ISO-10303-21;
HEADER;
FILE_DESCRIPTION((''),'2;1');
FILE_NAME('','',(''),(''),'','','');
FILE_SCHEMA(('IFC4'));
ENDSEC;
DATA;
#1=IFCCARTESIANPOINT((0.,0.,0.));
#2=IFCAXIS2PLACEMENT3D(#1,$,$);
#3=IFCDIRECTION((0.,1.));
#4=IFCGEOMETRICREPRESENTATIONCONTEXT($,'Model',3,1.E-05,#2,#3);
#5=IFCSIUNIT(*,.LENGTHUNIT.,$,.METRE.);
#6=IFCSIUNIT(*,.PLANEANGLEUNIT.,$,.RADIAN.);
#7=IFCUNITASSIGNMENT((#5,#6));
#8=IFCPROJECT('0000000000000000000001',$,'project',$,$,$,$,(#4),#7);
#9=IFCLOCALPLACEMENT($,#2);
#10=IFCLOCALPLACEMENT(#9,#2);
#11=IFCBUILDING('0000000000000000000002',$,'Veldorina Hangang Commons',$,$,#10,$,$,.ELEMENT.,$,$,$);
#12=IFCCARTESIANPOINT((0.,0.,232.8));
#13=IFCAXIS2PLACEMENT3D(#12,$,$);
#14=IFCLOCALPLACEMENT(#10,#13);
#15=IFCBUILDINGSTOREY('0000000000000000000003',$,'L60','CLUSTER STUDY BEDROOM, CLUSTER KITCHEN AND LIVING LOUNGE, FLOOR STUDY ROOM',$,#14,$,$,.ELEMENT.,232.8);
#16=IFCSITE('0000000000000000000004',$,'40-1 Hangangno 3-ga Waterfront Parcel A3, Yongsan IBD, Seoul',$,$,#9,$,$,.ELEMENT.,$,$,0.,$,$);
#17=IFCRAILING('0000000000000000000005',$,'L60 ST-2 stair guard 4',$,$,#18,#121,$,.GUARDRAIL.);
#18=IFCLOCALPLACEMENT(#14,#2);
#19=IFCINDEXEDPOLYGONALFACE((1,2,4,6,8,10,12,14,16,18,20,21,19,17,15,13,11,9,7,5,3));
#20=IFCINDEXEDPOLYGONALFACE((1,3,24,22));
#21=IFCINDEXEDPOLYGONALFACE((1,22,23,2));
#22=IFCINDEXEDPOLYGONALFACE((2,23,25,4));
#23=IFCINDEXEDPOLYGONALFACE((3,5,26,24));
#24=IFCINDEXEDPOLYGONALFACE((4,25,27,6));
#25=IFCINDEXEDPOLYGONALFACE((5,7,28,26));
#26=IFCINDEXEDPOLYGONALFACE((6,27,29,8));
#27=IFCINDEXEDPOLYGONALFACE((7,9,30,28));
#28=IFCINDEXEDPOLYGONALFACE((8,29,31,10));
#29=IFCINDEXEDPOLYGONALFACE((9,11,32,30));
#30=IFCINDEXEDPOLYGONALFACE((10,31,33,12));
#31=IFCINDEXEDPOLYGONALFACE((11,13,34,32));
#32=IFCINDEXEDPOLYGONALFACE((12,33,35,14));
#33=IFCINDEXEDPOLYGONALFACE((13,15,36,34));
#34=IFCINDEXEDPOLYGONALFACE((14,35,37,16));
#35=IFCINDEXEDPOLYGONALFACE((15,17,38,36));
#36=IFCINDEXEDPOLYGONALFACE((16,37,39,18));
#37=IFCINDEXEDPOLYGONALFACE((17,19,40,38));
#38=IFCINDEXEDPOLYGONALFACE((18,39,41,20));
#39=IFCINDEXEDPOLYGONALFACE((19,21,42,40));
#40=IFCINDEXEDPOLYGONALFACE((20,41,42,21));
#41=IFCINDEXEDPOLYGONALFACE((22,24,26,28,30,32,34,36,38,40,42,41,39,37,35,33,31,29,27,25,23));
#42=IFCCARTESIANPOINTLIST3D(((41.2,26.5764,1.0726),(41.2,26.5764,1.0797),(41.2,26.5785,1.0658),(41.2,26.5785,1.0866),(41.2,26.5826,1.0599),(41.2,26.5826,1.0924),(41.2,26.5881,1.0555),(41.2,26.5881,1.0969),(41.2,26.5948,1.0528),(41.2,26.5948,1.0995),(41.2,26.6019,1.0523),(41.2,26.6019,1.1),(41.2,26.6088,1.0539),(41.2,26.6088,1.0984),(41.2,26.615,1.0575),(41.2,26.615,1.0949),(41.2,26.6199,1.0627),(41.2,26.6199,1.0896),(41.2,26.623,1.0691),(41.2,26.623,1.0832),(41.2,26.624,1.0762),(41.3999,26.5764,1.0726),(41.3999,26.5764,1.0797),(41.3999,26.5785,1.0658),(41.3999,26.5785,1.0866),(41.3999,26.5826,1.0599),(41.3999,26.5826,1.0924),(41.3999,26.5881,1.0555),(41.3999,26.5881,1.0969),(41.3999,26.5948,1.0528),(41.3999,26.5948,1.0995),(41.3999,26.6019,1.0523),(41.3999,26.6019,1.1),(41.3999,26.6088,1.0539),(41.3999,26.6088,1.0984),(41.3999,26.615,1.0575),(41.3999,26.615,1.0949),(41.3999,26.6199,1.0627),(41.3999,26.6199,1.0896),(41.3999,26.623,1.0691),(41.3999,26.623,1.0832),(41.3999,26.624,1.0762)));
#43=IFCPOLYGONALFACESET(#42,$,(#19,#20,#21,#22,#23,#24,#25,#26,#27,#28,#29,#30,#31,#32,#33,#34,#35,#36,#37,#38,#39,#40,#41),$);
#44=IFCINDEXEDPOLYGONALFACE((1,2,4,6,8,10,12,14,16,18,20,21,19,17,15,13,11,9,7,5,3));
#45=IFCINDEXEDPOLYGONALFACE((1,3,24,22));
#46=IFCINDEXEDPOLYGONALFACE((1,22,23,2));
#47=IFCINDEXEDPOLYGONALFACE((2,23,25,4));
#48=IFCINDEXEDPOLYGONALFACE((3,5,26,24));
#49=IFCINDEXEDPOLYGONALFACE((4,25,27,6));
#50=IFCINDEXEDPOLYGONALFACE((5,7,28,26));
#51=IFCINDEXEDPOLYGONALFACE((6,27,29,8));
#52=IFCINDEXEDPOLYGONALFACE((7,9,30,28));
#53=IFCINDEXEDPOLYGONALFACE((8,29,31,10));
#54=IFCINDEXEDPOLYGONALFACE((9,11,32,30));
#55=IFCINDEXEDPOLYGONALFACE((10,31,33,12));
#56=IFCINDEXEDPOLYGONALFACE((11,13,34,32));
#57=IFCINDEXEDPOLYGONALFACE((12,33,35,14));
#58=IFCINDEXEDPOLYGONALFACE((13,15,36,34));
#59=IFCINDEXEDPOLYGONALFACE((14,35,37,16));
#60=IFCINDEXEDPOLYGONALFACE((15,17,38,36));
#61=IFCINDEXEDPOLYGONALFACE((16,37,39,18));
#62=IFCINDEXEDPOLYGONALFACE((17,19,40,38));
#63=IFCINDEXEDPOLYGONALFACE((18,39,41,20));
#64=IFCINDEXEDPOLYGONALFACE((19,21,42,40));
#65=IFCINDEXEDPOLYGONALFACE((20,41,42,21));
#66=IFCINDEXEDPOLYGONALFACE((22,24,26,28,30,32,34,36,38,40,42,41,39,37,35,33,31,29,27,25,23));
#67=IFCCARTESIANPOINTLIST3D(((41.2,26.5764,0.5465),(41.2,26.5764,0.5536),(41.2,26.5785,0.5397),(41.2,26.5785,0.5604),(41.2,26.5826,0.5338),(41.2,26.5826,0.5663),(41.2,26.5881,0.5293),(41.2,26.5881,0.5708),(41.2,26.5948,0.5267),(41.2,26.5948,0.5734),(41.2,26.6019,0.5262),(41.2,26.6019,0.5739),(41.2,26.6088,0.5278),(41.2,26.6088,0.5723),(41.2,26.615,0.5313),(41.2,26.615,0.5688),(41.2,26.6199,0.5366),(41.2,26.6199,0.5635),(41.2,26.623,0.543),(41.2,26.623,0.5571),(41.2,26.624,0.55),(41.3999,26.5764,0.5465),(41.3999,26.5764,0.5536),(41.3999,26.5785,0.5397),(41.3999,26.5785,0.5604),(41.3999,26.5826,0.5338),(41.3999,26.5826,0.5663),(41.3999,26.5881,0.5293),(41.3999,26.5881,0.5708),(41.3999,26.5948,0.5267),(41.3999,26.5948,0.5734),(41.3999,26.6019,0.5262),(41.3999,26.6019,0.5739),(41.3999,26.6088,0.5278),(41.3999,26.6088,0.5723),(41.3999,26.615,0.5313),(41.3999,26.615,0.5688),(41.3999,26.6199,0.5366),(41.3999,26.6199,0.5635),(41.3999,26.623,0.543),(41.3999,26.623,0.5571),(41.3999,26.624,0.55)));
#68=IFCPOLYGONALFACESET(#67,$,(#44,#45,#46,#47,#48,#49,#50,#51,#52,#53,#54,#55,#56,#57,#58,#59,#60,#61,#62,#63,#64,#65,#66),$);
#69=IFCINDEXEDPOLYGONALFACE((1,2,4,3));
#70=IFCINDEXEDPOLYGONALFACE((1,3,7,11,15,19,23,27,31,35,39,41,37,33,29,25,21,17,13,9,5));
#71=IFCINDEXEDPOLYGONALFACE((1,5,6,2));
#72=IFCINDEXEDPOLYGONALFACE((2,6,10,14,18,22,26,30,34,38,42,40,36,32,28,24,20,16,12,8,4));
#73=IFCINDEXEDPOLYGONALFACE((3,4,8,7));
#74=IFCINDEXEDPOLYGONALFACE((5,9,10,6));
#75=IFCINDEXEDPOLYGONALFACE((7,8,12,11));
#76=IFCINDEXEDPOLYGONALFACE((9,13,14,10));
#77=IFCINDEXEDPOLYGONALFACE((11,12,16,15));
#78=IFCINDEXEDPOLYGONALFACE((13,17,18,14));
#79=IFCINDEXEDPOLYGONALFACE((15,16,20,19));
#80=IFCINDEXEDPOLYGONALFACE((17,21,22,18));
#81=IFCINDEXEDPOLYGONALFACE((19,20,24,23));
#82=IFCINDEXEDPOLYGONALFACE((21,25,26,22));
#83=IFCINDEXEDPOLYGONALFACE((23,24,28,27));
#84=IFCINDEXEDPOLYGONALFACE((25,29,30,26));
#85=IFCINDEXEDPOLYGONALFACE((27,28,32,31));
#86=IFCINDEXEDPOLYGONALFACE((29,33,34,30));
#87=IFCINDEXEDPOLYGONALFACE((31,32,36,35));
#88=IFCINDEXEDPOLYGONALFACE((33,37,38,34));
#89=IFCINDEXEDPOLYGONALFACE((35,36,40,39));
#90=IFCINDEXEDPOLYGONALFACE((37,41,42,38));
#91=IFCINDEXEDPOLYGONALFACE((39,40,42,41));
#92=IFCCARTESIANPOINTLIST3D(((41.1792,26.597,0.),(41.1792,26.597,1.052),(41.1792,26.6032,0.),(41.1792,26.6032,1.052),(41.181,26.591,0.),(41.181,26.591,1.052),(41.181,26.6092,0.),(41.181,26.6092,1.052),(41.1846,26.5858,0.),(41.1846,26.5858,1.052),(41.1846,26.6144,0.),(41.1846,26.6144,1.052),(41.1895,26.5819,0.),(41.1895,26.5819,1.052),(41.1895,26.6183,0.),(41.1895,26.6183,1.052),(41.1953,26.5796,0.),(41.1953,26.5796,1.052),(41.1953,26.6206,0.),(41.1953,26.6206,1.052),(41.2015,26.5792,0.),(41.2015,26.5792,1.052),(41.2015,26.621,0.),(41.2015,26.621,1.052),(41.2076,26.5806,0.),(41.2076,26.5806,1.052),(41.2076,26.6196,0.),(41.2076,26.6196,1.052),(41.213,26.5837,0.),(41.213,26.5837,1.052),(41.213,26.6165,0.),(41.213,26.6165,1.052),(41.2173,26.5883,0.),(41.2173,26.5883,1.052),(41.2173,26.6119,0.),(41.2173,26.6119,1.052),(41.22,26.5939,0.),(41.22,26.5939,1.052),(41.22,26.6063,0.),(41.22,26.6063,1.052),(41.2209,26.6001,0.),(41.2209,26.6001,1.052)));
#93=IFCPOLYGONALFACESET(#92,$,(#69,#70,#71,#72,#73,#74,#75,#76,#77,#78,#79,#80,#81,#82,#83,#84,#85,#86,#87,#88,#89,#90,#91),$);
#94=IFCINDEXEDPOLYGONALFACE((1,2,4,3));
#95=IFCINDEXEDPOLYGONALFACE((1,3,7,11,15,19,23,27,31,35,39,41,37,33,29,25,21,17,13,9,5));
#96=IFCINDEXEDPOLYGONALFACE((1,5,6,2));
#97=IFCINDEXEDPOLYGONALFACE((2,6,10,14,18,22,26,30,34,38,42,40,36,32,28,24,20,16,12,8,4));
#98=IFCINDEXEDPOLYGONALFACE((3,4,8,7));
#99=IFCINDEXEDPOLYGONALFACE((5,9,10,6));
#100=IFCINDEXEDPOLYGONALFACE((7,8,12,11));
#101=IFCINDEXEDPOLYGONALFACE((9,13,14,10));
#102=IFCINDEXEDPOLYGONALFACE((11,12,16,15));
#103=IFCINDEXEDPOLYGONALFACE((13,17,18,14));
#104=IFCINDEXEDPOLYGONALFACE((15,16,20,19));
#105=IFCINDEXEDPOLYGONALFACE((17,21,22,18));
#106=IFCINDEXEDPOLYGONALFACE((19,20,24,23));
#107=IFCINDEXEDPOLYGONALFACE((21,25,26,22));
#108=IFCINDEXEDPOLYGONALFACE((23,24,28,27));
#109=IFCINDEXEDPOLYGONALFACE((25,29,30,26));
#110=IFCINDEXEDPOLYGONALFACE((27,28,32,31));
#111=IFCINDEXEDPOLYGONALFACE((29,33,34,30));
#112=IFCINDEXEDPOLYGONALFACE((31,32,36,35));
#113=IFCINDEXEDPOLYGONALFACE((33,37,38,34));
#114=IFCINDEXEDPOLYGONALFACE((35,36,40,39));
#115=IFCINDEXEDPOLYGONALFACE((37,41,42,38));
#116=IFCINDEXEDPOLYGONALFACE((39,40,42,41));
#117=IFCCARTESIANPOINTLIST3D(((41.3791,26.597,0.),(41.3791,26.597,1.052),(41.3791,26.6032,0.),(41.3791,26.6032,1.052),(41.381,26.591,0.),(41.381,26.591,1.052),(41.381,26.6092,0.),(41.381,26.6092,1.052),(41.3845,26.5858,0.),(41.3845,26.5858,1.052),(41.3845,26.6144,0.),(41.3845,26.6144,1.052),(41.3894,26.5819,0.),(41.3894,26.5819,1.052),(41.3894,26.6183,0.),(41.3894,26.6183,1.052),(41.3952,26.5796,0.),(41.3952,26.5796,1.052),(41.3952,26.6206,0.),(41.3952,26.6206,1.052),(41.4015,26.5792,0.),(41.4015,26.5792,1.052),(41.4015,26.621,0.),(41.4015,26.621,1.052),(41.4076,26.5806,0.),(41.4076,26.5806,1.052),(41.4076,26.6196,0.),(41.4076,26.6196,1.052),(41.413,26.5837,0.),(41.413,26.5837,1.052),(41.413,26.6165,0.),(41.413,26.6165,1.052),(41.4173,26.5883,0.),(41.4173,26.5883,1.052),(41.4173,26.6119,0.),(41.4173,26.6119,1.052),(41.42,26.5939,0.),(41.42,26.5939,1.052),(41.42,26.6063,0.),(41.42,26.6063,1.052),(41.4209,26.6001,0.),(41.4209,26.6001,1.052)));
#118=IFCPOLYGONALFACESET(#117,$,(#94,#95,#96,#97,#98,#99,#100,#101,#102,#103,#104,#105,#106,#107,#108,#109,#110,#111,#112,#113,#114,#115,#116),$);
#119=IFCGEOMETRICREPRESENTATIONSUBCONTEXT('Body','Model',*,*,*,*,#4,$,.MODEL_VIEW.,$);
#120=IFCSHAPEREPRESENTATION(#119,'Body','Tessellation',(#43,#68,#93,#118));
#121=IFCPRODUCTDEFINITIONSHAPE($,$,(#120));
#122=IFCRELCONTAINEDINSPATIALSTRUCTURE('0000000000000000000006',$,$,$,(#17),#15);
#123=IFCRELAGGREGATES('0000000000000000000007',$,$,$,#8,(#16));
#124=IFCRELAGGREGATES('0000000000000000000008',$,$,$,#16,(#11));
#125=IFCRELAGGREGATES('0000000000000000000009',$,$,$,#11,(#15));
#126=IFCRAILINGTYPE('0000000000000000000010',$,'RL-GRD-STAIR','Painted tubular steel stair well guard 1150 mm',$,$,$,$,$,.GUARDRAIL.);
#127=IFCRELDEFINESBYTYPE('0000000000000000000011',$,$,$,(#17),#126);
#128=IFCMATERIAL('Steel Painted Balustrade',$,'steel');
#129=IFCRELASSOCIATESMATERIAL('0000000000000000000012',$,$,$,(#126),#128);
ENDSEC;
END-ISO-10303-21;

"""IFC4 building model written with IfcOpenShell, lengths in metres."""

from ifc_helpers import new_model, si_unit, direction, frame, origin, origin_2d, place, context, subcontext, project, spatial, circle, extrude, material, type_object, element, save


model = new_model("IFC4")

# Units and contexts
model_context = context("Model", 3, precision=1e-05, world=origin(), true_north=direction((0.0, 1.0)))
body_context = subcontext(model_context, "Body", "Model", "MODEL_VIEW")
ifc_project = project(units=[si_unit("LENGTHUNIT", "METRE"), si_unit("PLANEANGLEUNIT", "RADIAN")], contexts=[model_context])

# Site, building, storey
site_placement = place(None, origin())
site = spatial("IfcSite", under=ifc_project, at=site_placement, Name="40-1 Hangangno 3-ga Waterfront Parcel A3, Yongsan IBD, Seoul", CompositionType="ELEMENT", RefElevation=0.0)
building_placement = place(site_placement, origin())
building = spatial("IfcBuilding", under=site, at=building_placement, Name="Veldorina Hangang Commons", CompositionType="ELEMENT")
storey_placement = place(building_placement, frame((0.0, 0.0, 232.8)))
storey = spatial("IfcBuildingStorey", under=building, at=storey_placement, Name="L60", Description="CLUSTER STUDY BEDROOM, CLUSTER KITCHEN AND LIVING LOUNGE, FLOOR STUDY ROOM", CompositionType="ELEMENT", Elevation=232.8)

# Railing
ifc_material_1 = material(Name="Steel Painted Balustrade", Category="steel")
railing_type_1 = type_object("IfcRailingType", Name="RL-GRD-STAIR", Description="Painted tubular steel stair well guard 1150 mm", PredefinedType="GUARDRAIL", material=ifc_material_1)
railing_1_placement = place(storey_placement, frame((41.2, 26.6001, 0.0)))
element("IfcRailing", 1, at=railing_1_placement, inside=storey, type_object=railing_type_1, Name="L60 ST-2 stair guard 4", PredefinedType="GUARDRAIL", context=body_context, shape_type="SweptSolid", body=[
    extrude(circle(Radius=0.0239, at=origin_2d()), frame((0.0, 0.0, 1.0762), z_axis=(1.0, 0.0, 0.0), x_axis=(0.0, 1.0, 0.0)), (0.0, 0.0, 1.0), 0.2),
    extrude(circle(Radius=0.0239, at=origin_2d()), frame((0.0, 0.0, 0.55), z_axis=(1.0, 0.0, 0.0), x_axis=(0.0, 1.0, 0.0)), (0.0, 0.0, 1.0), 0.2),
    extrude(circle(Radius=0.021, at=origin_2d()), origin(), (0.0, 0.0, 1.0), 1.052),
    extrude(circle(Radius=0.021, at=origin_2d()), frame((0.2, 0.0, 0.0)), (0.0, 0.0, 1.0), 1.052),
])

save(model, "model.ifc")
